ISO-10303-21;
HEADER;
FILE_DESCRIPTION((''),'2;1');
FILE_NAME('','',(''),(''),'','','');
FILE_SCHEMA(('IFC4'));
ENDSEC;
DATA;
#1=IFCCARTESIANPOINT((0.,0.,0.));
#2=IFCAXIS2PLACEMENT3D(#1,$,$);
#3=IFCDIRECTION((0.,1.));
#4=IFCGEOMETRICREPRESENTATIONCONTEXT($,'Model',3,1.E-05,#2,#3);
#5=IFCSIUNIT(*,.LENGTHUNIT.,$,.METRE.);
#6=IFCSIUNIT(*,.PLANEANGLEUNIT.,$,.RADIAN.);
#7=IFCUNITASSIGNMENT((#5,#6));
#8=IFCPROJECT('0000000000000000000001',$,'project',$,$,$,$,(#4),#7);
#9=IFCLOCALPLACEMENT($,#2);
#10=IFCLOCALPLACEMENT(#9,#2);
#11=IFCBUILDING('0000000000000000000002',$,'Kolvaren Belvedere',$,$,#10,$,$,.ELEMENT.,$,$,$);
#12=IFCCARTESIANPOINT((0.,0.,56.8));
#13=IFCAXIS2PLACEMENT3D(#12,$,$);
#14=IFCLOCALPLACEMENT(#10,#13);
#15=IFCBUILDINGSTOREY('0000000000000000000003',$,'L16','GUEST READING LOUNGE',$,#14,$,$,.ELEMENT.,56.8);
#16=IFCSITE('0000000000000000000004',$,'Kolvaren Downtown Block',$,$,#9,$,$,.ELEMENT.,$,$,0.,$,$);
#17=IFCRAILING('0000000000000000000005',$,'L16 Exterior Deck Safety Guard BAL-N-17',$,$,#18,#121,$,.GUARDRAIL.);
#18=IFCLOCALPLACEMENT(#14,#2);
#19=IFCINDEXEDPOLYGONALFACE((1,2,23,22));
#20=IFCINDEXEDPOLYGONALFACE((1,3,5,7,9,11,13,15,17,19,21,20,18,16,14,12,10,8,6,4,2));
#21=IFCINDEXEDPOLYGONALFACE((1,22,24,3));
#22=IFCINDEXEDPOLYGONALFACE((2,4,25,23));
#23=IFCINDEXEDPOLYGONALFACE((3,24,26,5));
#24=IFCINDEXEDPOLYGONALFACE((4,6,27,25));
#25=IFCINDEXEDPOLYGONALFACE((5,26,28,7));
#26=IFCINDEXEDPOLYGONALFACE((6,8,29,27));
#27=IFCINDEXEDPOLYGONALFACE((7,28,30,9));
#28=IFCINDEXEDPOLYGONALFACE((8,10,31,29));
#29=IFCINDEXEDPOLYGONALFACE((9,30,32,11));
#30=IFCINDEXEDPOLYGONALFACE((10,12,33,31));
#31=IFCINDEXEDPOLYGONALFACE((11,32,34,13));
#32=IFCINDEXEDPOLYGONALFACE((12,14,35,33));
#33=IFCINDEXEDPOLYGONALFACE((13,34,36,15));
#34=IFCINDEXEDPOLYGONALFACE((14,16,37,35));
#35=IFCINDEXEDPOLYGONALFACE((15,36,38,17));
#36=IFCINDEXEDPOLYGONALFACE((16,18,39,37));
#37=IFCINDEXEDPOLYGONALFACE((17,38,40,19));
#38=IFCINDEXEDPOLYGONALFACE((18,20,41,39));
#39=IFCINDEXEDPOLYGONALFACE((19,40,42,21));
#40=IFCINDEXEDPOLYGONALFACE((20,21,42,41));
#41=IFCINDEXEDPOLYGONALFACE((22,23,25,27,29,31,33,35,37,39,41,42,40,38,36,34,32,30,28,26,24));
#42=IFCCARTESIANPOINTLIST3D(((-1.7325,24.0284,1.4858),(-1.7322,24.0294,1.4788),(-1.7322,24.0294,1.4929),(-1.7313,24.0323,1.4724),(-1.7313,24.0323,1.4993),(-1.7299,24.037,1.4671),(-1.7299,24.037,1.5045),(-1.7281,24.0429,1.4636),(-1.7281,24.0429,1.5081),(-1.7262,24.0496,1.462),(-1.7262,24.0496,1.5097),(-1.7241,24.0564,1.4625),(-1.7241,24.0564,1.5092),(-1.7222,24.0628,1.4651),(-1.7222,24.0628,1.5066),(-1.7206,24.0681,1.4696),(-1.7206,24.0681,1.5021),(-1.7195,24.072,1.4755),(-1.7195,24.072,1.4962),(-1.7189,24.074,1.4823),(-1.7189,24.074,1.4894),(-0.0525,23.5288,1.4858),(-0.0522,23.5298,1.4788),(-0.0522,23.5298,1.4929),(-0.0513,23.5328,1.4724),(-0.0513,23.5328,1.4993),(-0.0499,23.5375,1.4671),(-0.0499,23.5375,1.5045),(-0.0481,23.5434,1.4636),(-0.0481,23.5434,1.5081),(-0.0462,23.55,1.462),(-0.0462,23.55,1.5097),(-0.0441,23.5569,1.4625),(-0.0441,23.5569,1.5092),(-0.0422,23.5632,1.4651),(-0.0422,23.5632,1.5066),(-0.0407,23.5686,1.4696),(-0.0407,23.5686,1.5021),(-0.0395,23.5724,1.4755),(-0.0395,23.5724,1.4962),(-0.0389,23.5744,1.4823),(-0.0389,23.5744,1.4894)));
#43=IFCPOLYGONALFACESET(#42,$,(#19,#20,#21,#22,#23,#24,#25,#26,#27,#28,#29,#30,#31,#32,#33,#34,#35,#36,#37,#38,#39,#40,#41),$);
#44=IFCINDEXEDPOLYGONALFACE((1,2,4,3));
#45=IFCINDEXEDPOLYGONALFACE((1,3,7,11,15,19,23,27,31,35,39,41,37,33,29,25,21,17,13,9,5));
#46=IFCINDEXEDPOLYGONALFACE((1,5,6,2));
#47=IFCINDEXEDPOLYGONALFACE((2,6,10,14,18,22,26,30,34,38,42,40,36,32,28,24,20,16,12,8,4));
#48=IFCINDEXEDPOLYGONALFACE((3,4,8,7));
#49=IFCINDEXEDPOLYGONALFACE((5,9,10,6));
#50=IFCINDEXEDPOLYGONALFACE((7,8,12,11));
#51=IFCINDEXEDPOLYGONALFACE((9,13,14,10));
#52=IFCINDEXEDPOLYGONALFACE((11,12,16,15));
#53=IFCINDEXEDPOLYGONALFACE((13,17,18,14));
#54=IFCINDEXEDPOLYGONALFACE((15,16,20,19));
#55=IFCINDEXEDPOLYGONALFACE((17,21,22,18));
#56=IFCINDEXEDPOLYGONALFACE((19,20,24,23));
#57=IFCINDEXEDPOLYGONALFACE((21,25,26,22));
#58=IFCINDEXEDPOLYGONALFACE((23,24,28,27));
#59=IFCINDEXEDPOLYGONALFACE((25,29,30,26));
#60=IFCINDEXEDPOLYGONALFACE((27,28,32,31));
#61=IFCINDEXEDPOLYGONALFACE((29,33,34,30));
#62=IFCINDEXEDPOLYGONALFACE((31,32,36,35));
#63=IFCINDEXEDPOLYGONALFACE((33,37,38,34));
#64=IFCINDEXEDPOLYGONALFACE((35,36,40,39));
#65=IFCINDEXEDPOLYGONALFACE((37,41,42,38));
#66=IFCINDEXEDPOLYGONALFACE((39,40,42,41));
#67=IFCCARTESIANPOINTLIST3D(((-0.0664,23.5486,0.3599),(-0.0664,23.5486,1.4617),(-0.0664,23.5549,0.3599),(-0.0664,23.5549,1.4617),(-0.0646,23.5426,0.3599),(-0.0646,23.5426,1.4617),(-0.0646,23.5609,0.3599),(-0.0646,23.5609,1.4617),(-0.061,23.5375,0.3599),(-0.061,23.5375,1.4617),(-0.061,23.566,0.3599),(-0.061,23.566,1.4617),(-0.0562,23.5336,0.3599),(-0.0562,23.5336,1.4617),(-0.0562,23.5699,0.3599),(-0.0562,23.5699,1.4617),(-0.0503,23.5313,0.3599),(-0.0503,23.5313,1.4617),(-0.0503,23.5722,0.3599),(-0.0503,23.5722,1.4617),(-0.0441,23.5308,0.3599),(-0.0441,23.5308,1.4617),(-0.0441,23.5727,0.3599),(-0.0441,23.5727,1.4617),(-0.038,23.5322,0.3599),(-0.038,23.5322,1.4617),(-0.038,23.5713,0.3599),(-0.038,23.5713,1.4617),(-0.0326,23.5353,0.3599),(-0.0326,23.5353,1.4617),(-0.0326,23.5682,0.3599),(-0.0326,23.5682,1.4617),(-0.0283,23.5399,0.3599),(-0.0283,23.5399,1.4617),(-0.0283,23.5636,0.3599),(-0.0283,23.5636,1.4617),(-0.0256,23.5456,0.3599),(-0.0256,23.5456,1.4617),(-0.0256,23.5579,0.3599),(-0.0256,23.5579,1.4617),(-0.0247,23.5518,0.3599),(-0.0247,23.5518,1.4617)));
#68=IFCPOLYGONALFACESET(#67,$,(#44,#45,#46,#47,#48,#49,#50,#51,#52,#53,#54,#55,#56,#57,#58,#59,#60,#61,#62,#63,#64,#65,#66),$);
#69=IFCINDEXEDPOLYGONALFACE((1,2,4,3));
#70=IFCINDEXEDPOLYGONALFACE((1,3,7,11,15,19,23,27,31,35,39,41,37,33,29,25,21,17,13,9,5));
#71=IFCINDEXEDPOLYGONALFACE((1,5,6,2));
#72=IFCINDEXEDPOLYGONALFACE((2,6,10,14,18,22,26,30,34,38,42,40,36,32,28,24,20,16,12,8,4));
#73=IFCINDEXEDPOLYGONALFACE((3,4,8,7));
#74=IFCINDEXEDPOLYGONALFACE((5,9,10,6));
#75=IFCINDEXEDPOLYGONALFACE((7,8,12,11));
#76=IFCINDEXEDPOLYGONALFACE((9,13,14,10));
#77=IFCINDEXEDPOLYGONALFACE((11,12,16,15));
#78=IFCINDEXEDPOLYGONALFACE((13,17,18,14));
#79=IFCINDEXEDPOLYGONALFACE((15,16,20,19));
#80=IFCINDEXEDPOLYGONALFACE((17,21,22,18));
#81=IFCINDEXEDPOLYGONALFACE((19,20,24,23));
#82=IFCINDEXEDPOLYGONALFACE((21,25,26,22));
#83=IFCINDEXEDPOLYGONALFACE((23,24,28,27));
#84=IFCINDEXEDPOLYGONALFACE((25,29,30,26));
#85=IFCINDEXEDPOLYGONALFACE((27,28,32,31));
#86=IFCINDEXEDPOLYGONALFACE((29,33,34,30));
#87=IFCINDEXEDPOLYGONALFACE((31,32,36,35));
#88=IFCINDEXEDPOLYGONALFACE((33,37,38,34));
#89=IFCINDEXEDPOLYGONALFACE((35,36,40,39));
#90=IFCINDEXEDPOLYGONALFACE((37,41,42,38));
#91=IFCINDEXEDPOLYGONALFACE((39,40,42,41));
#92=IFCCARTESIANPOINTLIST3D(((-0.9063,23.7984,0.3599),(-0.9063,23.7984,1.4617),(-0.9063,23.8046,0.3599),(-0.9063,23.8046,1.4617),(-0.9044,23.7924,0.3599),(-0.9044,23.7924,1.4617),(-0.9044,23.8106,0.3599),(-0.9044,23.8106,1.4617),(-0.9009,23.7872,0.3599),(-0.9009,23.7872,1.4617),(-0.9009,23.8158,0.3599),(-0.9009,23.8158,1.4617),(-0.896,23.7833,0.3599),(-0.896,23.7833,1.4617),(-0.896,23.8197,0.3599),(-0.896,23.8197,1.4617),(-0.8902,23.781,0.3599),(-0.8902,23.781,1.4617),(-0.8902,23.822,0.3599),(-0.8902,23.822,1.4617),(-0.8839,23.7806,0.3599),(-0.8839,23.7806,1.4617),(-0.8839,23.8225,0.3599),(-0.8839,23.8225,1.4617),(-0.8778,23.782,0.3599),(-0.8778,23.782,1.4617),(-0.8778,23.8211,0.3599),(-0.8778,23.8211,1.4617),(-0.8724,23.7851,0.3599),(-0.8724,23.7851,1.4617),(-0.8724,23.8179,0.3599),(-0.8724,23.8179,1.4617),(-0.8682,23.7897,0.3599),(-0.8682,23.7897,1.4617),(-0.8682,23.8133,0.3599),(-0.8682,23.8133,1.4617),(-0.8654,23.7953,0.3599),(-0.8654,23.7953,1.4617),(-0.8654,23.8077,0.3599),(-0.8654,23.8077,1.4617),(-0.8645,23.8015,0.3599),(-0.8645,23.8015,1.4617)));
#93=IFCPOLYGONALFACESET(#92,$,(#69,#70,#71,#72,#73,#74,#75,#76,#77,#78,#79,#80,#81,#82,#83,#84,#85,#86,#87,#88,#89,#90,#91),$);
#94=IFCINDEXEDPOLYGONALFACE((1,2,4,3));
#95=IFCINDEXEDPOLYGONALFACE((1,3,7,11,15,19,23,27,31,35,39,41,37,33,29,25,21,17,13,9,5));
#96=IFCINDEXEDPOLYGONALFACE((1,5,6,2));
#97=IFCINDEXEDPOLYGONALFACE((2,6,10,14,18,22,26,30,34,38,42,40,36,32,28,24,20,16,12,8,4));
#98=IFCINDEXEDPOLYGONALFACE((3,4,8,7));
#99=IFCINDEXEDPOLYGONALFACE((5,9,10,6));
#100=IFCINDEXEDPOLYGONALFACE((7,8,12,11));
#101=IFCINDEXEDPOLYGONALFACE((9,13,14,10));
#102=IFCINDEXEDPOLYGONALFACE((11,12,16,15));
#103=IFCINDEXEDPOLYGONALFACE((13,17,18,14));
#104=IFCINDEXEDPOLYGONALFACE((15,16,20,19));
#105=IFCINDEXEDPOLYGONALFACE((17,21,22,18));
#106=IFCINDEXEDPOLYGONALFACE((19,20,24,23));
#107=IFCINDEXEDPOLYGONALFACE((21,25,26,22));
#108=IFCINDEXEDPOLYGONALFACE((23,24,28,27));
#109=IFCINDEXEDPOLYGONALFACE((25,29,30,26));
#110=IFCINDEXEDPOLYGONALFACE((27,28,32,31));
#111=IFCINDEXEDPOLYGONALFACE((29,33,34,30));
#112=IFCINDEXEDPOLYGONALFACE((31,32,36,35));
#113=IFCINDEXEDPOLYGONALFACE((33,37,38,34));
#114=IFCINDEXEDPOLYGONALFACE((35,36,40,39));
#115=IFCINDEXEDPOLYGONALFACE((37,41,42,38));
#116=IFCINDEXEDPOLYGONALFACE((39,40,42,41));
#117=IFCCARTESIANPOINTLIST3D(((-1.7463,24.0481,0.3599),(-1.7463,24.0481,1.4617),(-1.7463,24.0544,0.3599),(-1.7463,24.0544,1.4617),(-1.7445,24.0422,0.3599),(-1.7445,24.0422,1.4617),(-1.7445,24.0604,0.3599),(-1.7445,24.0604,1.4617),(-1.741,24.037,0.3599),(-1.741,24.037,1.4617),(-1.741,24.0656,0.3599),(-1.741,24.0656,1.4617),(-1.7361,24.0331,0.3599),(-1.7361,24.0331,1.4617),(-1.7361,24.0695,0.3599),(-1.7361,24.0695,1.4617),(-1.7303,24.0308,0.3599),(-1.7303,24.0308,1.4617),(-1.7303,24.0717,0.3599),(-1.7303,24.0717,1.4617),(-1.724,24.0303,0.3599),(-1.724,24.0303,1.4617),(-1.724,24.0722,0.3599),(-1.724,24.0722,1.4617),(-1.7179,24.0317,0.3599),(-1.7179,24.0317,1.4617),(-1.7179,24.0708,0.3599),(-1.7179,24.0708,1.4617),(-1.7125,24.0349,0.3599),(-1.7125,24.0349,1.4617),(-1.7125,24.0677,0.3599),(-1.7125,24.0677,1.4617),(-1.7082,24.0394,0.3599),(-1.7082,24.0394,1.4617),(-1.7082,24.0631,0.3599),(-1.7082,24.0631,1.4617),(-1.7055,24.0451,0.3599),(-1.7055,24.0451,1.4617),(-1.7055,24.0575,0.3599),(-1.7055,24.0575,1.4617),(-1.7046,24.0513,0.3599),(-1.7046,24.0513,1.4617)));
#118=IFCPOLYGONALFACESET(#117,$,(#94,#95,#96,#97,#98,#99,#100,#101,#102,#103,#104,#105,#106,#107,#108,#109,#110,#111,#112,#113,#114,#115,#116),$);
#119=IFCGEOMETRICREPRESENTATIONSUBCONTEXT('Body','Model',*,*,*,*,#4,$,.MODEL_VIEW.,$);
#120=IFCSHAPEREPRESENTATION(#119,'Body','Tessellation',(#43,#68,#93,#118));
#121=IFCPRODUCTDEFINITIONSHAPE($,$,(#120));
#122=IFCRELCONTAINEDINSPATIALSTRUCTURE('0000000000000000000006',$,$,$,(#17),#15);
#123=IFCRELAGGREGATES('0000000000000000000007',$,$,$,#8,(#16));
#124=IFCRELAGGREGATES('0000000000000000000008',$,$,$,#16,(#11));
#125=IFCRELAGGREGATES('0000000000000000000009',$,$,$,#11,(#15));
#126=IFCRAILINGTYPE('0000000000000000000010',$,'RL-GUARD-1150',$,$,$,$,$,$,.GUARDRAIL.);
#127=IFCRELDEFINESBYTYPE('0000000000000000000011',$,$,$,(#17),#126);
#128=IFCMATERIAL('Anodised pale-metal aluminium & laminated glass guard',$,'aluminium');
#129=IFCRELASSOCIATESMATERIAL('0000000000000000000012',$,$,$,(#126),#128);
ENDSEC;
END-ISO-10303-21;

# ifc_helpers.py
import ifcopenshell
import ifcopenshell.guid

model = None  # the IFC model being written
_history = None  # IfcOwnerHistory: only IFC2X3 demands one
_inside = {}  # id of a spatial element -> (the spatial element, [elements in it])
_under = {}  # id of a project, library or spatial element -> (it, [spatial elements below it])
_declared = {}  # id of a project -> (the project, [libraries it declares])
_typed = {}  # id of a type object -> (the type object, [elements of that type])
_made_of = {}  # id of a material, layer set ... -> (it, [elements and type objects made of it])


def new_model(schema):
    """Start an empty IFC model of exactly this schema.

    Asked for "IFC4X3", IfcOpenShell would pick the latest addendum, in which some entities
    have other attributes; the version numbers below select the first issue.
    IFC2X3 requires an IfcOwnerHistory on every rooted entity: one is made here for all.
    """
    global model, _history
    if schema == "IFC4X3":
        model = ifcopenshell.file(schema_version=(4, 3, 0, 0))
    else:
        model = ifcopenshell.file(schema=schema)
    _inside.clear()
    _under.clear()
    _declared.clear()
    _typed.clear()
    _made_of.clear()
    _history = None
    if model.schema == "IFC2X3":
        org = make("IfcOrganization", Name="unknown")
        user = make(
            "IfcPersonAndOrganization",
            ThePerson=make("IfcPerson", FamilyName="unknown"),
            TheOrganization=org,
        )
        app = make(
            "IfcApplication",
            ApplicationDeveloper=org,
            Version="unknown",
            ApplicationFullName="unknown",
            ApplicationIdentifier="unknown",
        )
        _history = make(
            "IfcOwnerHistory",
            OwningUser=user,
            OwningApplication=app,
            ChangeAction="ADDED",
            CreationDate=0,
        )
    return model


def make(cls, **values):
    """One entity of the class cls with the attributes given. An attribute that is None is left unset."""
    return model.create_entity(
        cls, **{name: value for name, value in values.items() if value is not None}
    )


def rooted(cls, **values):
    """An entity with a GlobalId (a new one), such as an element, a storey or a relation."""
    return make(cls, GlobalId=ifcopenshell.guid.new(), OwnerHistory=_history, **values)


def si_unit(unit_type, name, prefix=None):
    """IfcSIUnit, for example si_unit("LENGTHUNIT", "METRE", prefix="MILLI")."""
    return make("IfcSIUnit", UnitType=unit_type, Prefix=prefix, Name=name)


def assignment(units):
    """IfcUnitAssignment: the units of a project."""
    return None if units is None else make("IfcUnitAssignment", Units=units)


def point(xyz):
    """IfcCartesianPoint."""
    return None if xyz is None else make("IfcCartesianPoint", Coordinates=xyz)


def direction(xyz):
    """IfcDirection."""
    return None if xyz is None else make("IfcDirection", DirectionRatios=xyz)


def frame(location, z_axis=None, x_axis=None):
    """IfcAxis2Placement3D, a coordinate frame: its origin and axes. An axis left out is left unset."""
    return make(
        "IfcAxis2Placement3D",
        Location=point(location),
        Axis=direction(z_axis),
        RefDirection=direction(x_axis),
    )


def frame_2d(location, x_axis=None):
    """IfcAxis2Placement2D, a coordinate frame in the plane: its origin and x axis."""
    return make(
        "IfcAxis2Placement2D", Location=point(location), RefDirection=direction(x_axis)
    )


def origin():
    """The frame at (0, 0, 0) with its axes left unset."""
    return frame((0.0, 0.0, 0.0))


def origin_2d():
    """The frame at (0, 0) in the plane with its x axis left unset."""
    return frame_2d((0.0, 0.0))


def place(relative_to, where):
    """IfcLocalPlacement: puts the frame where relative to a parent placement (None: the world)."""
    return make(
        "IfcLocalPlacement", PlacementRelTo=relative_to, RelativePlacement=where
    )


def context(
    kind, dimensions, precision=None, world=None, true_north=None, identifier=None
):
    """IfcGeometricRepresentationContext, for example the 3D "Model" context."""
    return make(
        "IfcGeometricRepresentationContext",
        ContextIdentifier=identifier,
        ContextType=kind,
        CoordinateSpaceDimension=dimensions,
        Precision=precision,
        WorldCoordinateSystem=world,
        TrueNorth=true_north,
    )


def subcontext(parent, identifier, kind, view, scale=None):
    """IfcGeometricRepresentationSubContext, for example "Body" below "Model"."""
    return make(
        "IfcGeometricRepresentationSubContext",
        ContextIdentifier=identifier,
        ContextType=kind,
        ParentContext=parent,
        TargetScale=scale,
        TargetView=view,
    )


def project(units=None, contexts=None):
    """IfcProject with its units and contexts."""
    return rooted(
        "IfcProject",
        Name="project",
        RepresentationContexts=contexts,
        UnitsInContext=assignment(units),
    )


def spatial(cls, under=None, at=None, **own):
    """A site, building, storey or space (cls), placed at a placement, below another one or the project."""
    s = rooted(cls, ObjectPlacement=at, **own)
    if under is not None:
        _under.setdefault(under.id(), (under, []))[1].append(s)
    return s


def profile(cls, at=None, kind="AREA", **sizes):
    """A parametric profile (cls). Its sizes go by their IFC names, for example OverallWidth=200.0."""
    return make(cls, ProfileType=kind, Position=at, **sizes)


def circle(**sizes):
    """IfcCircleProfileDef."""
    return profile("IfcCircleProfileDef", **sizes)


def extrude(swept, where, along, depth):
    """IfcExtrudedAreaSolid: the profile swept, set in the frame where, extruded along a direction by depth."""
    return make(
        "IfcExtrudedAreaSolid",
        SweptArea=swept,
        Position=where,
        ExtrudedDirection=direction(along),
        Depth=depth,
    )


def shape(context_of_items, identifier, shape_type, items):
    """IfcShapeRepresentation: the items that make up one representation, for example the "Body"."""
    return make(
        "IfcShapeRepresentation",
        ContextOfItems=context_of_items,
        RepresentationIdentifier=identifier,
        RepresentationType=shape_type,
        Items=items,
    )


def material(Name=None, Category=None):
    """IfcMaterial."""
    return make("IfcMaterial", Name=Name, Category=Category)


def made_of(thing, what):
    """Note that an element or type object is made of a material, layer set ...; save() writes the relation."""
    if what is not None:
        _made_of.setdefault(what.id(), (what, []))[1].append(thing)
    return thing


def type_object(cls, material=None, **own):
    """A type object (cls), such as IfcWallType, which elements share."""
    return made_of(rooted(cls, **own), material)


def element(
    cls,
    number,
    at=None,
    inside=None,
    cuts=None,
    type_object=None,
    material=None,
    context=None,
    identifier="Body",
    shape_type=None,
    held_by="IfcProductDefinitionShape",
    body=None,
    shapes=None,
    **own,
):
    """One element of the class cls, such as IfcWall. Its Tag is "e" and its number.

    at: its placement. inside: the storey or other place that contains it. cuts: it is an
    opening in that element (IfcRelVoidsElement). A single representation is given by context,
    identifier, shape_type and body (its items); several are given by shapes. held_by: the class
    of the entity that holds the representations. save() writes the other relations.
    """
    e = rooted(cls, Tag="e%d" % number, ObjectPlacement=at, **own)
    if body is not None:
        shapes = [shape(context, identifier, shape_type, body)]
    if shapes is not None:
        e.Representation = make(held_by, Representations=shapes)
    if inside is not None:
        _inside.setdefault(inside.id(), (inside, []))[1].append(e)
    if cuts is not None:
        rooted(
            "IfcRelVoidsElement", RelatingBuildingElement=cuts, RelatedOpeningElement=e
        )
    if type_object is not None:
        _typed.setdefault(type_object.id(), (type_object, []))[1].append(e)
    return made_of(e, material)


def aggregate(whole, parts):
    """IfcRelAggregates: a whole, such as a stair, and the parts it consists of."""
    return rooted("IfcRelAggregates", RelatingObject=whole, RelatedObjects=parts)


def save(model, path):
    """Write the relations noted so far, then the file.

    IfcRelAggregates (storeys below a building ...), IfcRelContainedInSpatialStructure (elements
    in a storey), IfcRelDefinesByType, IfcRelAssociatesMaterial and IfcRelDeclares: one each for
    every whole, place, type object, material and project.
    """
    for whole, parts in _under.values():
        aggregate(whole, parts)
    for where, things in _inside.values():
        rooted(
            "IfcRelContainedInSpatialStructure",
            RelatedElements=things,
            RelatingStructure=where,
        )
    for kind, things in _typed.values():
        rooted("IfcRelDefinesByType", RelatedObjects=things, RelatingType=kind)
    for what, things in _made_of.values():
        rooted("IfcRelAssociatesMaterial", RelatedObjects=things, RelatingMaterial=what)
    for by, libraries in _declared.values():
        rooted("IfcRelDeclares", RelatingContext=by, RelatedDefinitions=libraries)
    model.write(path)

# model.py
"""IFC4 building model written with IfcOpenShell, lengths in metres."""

from ifc_helpers import new_model, si_unit, direction, frame, origin, origin_2d, place, context, subcontext, project, spatial, circle, extrude, material, type_object, element, save


model = new_model("IFC4")

# Units and contexts
model_context = context("Model", 3, precision=1e-05, world=origin(), true_north=direction((0.0, 1.0)))
body_context = subcontext(model_context, "Body", "Model", "MODEL_VIEW")
ifc_project = project(units=[si_unit("LENGTHUNIT", "METRE"), si_unit("PLANEANGLEUNIT", "RADIAN")], contexts=[model_context])

# Site, building, storey
site_placement = place(None, origin())
site = spatial("IfcSite", under=ifc_project, at=site_placement, Name="Kolvaren Downtown Block", CompositionType="ELEMENT", RefElevation=0.0)
building_placement = place(site_placement, origin())
building = spatial("IfcBuilding", under=site, at=building_placement, Name="Kolvaren Belvedere", CompositionType="ELEMENT")
storey_placement = place(building_placement, frame((0.0, 0.0, 56.8)))
storey = spatial("IfcBuildingStorey", under=building, at=storey_placement, Name="L16", Description="GUEST READING LOUNGE", CompositionType="ELEMENT", Elevation=56.8)

# Railing
ifc_material_1 = material(Name="Anodised pale-metal aluminium & laminated glass guard", Category="aluminium")
railing_type = type_object("IfcRailingType", Name="RL-GUARD-1150", PredefinedType="GUARDRAIL", material=ifc_material_1)
railing_1_placement = place(storey_placement, frame((-0.0457, 23.5518, 0.3599)))
element("IfcRailing", 1, at=railing_1_placement, inside=storey, type_object=railing_type, Name="L16 Exterior Deck Safety Guard BAL-N-17", PredefinedType="GUARDRAIL", context=body_context, shape_type="SweptSolid", body=[
    extrude(circle(Radius=0.0239, at=origin_2d()), frame((0.0, 0.0, 1.126), z_axis=(-0.958525, 0.285008, 0.0), x_axis=(-0.285008, -0.958525, 0.0)), (0.0, 0.0, 1.0), 1.7527),
    extrude(circle(Radius=0.021, at=origin_2d()), origin(), (0.0, 0.0, 1.0), 1.1018),
    extrude(circle(Radius=0.021, at=origin_2d()), frame((-0.8398, 0.2498, 0.0)), (0.0, 0.0, 1.0), 1.1018),
    extrude(circle(Radius=0.021, at=origin_2d()), frame((-1.6799, 0.4995, 0.0)), (0.0, 0.0, 1.0), 1.1018),
])

save(model, "model.ifc")
